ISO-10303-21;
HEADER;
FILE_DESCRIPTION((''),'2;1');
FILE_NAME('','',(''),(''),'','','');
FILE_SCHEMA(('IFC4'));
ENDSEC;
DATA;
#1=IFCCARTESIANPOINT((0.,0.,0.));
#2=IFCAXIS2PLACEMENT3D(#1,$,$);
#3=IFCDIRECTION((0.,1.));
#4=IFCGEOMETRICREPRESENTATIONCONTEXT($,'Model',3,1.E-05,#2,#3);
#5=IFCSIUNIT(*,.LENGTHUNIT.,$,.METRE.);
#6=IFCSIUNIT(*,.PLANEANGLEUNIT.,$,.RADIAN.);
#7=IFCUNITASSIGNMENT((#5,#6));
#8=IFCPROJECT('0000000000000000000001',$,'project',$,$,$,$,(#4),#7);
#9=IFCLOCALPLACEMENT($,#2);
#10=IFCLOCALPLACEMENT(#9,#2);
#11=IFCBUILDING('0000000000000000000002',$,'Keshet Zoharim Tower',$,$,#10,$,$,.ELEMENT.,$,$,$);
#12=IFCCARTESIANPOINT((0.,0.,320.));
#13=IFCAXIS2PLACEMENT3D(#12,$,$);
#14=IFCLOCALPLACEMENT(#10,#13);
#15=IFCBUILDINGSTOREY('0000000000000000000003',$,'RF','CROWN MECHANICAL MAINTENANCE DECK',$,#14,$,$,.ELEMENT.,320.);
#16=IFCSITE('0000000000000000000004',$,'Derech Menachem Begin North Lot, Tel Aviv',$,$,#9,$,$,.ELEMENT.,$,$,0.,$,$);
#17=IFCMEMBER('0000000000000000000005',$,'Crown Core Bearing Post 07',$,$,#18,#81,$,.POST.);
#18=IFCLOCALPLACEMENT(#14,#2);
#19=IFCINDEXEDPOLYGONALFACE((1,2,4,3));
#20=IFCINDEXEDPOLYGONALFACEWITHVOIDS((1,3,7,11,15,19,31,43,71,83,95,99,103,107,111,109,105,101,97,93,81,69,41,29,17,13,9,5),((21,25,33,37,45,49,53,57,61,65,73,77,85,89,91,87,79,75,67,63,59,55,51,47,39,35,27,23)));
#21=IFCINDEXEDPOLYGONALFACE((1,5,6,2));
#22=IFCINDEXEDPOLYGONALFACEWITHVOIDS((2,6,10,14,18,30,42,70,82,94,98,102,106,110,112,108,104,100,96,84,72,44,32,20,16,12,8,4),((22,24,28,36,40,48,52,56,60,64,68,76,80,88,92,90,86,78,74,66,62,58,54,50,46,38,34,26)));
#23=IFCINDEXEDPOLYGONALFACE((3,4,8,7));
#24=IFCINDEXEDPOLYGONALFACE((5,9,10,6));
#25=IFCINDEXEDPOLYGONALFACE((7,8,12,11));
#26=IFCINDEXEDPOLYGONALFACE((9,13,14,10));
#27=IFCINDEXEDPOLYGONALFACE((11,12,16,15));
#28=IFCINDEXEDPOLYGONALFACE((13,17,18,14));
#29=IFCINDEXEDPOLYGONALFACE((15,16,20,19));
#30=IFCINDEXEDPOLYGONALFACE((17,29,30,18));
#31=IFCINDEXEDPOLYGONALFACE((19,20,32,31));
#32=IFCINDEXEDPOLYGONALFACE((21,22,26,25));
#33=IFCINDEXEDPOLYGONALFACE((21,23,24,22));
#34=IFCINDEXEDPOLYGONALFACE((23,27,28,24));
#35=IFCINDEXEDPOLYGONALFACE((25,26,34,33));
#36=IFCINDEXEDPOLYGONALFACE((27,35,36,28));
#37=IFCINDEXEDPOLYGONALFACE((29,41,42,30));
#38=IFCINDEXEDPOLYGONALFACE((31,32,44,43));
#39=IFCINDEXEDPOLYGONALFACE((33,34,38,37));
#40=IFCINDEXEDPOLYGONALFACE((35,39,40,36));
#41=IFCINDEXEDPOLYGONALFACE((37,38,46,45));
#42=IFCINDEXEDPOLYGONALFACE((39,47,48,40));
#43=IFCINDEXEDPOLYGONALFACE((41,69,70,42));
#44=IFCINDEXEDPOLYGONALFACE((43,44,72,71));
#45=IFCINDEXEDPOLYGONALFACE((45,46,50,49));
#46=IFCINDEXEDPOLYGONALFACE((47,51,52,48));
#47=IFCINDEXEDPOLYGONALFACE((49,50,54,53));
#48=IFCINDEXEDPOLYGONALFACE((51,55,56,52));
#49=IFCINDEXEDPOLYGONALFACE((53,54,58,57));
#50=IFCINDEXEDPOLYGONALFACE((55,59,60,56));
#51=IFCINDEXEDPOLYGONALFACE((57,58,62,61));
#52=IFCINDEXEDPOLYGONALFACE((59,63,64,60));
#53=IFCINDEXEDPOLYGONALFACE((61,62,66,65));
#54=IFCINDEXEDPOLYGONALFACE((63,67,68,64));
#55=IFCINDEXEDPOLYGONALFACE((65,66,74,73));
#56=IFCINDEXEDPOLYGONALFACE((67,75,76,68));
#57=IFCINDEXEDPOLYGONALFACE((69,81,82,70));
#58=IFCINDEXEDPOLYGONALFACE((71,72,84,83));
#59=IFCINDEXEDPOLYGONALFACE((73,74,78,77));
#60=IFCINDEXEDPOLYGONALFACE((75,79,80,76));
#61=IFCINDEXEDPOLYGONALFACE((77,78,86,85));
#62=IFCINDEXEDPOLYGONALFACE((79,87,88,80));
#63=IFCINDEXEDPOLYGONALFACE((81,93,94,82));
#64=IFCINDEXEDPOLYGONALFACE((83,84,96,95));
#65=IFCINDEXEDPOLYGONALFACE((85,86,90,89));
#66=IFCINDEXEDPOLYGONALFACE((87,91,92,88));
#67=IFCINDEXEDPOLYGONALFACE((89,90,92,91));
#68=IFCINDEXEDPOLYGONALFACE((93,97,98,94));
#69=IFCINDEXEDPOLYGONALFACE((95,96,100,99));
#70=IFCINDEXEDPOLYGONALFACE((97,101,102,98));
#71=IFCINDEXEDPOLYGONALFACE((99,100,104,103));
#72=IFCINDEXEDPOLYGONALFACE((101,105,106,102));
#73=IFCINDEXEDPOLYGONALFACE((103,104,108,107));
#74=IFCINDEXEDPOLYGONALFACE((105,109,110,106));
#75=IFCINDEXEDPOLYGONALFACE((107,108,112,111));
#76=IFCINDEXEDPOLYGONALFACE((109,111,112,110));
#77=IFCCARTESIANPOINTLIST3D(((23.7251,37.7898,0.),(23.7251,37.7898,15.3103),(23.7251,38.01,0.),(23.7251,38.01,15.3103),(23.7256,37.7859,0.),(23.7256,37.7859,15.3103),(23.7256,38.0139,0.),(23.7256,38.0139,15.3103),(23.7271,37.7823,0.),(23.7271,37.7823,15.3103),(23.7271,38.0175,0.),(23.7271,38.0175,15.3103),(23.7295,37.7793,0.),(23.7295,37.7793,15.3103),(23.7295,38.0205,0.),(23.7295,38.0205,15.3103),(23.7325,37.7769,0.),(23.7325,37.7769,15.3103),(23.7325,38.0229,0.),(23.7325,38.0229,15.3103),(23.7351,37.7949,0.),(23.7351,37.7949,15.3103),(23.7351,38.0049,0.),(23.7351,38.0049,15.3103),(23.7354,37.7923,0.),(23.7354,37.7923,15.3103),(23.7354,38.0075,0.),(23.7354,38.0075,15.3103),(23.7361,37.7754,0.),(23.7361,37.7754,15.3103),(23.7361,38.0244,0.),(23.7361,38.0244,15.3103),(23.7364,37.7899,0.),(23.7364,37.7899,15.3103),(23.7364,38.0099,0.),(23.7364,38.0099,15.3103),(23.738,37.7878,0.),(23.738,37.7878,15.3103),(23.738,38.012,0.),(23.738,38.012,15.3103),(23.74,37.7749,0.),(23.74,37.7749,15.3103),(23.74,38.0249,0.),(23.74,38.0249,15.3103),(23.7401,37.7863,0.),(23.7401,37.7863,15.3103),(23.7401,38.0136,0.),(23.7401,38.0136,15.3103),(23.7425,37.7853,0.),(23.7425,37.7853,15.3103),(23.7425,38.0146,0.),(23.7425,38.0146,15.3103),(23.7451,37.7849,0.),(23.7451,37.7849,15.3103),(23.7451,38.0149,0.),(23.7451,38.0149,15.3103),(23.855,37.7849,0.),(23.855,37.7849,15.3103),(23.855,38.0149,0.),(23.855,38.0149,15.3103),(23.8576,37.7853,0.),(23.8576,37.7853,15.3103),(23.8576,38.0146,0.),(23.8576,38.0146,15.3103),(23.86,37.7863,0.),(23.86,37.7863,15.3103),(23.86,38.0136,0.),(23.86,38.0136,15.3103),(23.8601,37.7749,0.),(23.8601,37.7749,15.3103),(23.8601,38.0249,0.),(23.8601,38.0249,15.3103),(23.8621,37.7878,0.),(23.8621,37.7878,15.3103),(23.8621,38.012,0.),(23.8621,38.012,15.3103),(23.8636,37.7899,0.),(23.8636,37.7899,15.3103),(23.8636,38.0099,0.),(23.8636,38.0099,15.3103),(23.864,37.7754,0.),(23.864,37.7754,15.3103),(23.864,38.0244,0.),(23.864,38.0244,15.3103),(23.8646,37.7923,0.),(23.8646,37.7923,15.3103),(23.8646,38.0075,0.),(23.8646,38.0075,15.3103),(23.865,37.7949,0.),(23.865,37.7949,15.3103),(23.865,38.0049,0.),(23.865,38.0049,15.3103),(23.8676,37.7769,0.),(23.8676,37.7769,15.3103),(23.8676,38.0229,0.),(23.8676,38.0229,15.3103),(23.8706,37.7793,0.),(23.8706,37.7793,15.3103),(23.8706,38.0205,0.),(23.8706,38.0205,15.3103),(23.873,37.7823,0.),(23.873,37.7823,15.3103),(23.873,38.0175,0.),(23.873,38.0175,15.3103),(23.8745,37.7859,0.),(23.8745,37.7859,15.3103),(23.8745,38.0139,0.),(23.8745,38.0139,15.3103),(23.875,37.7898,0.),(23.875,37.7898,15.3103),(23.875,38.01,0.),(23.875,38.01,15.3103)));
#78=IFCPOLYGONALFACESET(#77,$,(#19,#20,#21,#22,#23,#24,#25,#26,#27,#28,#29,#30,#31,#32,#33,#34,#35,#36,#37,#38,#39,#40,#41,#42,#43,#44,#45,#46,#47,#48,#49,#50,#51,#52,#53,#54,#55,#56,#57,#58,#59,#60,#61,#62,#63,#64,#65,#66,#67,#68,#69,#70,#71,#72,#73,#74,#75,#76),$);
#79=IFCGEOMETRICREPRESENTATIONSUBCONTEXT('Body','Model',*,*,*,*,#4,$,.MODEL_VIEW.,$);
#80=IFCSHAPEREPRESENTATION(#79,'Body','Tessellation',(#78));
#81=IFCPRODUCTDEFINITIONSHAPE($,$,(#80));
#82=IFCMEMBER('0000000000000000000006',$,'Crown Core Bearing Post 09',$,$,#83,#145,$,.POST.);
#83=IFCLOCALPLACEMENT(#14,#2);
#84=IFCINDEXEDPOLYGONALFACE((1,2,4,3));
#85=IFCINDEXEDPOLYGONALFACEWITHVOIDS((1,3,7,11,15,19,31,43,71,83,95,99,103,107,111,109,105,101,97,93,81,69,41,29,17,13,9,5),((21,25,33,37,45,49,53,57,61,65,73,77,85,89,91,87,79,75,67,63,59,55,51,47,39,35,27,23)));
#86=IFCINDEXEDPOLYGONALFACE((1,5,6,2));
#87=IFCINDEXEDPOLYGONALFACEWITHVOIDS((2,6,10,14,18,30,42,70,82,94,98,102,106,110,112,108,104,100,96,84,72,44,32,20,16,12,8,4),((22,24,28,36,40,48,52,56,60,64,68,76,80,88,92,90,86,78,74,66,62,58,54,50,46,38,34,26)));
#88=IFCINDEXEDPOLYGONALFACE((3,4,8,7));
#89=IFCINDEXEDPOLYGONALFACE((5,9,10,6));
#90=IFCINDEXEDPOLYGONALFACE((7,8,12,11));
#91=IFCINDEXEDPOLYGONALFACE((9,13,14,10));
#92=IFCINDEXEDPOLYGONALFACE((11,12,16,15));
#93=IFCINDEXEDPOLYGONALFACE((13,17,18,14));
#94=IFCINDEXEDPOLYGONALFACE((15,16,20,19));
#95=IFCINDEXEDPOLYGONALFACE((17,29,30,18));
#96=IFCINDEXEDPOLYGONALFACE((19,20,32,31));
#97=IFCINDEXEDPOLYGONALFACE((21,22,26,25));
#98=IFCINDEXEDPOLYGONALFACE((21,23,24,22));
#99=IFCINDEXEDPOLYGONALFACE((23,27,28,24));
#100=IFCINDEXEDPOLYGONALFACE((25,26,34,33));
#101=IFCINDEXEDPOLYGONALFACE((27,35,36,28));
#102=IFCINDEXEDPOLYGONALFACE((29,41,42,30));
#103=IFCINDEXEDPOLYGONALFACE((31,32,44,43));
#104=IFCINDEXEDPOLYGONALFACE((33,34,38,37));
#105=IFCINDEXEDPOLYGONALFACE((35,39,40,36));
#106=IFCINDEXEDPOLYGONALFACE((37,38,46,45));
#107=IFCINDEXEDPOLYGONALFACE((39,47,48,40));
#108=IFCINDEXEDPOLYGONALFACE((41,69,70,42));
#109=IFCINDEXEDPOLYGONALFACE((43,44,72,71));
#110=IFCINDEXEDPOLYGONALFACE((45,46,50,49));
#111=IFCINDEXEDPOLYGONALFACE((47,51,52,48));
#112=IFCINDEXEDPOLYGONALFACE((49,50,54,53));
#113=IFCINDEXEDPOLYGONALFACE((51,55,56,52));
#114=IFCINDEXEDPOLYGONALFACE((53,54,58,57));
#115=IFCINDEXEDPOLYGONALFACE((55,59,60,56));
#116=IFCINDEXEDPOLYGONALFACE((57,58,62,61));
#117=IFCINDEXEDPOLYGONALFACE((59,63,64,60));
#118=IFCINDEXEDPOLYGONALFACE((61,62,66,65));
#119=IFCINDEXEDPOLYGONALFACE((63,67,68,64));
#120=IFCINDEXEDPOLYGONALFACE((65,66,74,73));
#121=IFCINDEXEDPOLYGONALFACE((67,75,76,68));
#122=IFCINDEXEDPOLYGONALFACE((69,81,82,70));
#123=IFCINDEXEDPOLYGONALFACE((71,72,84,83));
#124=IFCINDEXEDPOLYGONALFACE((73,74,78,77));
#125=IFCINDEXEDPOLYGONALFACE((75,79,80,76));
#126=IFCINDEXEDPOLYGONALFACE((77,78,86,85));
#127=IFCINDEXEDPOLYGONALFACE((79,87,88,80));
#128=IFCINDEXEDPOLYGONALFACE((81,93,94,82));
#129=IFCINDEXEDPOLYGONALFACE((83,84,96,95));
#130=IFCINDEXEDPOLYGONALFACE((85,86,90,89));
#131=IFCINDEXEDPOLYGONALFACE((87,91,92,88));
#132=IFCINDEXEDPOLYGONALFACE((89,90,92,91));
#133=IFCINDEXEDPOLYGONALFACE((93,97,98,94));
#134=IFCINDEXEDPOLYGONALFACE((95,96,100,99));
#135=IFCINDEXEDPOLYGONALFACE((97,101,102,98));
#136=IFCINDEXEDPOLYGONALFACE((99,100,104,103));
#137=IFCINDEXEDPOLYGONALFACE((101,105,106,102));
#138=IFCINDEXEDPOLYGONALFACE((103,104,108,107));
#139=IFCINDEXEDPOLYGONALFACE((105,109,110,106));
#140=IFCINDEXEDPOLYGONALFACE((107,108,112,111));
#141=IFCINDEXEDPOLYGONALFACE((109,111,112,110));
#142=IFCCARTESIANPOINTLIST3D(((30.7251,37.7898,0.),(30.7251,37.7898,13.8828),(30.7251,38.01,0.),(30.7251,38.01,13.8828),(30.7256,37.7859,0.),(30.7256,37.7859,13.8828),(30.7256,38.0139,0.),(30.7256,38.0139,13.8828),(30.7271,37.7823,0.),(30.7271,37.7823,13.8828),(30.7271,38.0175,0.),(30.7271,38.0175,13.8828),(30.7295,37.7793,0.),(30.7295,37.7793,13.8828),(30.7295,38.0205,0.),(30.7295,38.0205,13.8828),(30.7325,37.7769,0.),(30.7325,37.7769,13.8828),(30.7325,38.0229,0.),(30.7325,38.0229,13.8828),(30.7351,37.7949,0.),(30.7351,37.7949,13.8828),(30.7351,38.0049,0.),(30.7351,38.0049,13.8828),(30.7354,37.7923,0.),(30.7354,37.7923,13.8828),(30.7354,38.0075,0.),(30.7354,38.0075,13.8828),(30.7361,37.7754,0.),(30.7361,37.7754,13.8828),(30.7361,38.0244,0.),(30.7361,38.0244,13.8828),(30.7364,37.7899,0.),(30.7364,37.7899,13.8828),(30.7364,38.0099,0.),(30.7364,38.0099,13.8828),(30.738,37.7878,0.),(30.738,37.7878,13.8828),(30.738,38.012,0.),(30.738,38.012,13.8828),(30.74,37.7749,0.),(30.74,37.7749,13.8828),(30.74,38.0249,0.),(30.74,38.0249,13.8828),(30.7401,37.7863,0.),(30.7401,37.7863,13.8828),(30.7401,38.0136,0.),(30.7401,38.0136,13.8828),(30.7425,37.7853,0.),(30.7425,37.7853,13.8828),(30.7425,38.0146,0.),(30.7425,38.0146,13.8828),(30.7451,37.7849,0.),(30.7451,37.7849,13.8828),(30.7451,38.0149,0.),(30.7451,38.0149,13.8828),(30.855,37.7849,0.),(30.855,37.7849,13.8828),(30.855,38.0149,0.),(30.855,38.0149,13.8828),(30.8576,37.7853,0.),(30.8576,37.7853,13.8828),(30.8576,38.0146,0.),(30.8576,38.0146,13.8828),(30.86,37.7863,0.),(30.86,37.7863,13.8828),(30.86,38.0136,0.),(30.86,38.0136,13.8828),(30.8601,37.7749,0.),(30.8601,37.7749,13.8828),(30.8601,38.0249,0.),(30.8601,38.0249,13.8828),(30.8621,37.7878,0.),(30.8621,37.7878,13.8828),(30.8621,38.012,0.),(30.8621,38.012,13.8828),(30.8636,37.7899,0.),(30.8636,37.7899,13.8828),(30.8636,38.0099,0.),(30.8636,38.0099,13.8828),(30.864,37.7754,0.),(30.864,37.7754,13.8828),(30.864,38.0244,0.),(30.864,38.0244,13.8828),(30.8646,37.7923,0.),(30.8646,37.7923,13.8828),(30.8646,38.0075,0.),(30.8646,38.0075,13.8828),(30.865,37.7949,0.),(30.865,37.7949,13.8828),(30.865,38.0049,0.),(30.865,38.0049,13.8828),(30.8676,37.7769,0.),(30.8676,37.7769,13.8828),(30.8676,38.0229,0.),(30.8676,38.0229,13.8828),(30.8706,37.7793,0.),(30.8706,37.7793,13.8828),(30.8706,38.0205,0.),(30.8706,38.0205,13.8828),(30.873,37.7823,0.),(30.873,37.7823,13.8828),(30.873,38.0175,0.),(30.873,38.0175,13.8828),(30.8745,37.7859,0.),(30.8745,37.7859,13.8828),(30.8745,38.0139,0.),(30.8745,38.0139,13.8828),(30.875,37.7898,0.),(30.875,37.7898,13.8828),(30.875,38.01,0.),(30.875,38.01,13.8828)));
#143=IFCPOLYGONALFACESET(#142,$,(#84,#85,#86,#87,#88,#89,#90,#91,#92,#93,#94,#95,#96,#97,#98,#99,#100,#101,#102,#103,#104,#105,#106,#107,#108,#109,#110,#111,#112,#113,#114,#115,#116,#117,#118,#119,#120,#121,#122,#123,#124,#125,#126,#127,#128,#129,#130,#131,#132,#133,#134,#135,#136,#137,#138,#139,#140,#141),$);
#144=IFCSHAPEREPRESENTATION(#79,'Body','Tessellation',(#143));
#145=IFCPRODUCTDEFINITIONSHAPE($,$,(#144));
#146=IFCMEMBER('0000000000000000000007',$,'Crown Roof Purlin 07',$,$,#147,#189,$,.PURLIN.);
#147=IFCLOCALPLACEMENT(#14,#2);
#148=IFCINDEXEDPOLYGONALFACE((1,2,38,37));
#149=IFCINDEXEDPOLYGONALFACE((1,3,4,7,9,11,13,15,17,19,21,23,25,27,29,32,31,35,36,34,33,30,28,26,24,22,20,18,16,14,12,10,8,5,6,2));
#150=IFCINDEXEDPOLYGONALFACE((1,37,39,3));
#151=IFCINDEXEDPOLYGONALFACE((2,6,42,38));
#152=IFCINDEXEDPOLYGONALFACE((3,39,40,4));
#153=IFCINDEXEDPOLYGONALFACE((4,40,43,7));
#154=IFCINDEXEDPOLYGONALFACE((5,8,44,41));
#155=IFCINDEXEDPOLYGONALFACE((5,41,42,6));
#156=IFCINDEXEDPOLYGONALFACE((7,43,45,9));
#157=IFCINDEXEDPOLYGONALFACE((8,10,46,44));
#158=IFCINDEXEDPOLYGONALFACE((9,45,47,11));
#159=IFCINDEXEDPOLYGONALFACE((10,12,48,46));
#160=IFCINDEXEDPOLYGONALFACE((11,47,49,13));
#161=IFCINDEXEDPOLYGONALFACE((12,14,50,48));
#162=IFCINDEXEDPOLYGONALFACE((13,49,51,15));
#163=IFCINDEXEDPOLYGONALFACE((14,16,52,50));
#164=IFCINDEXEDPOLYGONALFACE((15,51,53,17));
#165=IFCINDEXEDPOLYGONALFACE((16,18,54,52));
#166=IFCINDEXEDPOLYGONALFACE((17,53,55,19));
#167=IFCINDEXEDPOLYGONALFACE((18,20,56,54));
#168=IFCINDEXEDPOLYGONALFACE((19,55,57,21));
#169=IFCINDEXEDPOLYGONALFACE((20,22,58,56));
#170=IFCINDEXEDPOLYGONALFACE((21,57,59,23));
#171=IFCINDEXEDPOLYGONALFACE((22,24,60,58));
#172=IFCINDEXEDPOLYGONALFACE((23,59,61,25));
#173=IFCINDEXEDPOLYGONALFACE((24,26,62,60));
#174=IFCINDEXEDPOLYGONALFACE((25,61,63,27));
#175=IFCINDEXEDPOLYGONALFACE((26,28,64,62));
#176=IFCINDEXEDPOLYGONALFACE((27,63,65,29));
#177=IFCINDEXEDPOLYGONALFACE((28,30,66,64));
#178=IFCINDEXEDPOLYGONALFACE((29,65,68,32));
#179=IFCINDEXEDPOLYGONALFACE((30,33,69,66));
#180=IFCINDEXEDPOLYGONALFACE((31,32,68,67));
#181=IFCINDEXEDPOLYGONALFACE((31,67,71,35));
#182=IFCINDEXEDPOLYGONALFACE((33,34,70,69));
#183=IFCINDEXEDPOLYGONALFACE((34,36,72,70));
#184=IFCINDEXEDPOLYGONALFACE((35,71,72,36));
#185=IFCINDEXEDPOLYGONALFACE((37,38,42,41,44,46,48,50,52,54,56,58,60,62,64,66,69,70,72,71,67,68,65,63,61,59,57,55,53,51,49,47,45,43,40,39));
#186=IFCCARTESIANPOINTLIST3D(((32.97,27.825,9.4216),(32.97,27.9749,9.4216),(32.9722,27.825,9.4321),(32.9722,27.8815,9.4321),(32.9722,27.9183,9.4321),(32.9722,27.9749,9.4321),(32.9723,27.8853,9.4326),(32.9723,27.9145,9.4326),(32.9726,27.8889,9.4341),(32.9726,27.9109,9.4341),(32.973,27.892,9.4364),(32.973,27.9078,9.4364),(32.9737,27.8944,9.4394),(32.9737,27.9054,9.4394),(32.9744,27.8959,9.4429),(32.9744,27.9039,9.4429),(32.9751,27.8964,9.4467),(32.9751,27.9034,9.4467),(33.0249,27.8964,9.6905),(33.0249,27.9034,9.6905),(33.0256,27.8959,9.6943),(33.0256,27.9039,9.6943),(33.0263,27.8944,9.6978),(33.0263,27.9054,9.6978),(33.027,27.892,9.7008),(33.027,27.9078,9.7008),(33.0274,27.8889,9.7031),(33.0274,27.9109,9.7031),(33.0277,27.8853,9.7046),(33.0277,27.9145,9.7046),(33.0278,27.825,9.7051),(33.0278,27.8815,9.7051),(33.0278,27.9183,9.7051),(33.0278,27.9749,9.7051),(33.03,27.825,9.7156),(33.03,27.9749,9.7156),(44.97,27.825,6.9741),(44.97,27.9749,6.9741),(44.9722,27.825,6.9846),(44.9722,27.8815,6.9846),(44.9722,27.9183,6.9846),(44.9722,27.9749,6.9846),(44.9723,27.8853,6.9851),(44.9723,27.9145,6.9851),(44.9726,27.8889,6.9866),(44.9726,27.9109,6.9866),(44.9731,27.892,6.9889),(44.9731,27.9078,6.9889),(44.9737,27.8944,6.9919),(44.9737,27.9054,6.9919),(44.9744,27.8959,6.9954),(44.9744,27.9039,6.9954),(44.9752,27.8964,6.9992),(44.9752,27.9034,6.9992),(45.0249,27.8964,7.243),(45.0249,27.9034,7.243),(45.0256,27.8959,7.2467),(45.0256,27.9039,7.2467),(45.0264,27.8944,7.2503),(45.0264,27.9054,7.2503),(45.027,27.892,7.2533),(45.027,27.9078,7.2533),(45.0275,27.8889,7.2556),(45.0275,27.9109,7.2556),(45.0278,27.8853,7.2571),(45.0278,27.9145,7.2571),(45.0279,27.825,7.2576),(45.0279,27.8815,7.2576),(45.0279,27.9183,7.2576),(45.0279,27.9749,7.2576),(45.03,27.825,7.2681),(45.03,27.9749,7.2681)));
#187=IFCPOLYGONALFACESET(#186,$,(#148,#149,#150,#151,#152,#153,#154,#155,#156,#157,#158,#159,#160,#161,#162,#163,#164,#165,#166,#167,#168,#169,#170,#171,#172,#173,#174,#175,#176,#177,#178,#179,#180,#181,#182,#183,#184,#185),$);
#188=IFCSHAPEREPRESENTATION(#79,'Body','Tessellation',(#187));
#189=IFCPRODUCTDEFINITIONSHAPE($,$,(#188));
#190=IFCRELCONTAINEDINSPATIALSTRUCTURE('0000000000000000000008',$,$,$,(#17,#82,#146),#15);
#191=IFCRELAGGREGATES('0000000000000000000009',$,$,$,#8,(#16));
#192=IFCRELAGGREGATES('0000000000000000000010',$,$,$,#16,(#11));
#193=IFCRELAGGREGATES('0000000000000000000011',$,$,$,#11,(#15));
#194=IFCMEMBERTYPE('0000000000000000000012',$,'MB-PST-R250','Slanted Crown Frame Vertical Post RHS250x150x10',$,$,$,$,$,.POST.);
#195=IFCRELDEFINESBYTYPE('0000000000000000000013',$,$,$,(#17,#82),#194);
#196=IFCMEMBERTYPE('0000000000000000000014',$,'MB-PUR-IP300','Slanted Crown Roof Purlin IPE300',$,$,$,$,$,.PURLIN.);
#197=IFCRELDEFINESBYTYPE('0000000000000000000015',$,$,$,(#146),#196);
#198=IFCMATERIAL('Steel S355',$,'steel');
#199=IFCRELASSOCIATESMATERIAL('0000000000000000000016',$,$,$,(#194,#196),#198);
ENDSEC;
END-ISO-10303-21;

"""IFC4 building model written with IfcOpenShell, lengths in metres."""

from ifc_helpers import new_model, si_unit, direction, frame, origin, origin_2d, place, context, subcontext, project, spatial, hollow_rectangle, i_section, extrude, material, material_profile, profile_set, type_object, element, save


model = new_model("IFC4")

# Units and contexts
model_context = context("Model", 3, precision=1e-05, world=origin(), true_north=direction((0.0, 1.0)))
body_context = subcontext(model_context, "Body", "Model", "MODEL_VIEW")
ifc_project = project(units=[si_unit("LENGTHUNIT", "METRE"), si_unit("PLANEANGLEUNIT", "RADIAN")], contexts=[model_context])

# Site, building, storey
site_placement = place(None, origin())
site = spatial("IfcSite", under=ifc_project, at=site_placement, Name="Derech Menachem Begin North Lot, Tel Aviv", CompositionType="ELEMENT", RefElevation=0.0)
building_placement = place(site_placement, origin())
building = spatial("IfcBuilding", under=site, at=building_placement, Name="Keshet Zoharim Tower", CompositionType="ELEMENT")
storey_placement = place(building_placement, frame((0.0, 0.0, 320.0)))
storey = spatial("IfcBuildingStorey", under=building, at=storey_placement, Name="RF", Description="CROWN MECHANICAL MAINTENANCE DECK", CompositionType="ELEMENT", Elevation=320.0)

# Shared definitions
ifc_material_1 = material(Name="Steel S355", Category="steel")

# Members
ifc_material_profile_1 = material_profile(ifc_material_1, hollow_rectangle(XDim=0.1499, YDim=0.25, WallThickness=0.01, InnerFilletRadius=0.01, OuterFilletRadius=0.0149, at=origin_2d()), Name="RHS250x150x10")
ifc_profile_set_1 = profile_set([ifc_material_profile_1], Name="Steel S355")
member_type_1 = type_object("IfcMemberType", Name="MB-PST-R250", Description="Slanted Crown Frame Vertical Post RHS250x150x10", PredefinedType="POST", material=ifc_profile_set_1)
member_1_placement = place(storey_placement, frame((23.8, 37.8999, 0.0), z_axis=(0.0, 0.0, 1.0), x_axis=(1.0, 0.0, 0.0)))
element("IfcMember", 1, at=member_1_placement, inside=storey, type_object=member_type_1, Name="Crown Core Bearing Post 07", PredefinedType="POST", context=body_context, shape_type="SweptSolid", body=[
    extrude(hollow_rectangle(XDim=0.1499, YDim=0.25, WallThickness=0.01, InnerFilletRadius=0.01, OuterFilletRadius=0.0149, at=origin_2d()), origin(), (0.0, 0.0, 1.0), 15.3103),
])
member_2_placement = place(storey_placement, frame((30.8, 37.8999, 0.0), z_axis=(0.0, 0.0, 1.0), x_axis=(1.0, 0.0, 0.0)))
element("IfcMember", 2, at=member_2_placement, inside=storey, type_object=member_type_1, Name="Crown Core Bearing Post 09", PredefinedType="POST", context=body_context, shape_type="SweptSolid", body=[
    extrude(hollow_rectangle(XDim=0.1499, YDim=0.25, WallThickness=0.01, InnerFilletRadius=0.01, OuterFilletRadius=0.0149, at=origin_2d()), origin(), (0.0, 0.0, 1.0), 13.8828),
])
ifc_material_profile_2 = material_profile(ifc_material_1, i_section(OverallWidth=0.1499, OverallDepth=0.3, WebThickness=0.0071, FlangeThickness=0.0107, FilletRadius=0.0149, at=origin_2d()), Name="IPE300")
ifc_profile_set_2 = profile_set([ifc_material_profile_2], Name="Steel S355")
member_type_2 = type_object("IfcMemberType", Name="MB-PUR-IP300", Description="Slanted Crown Roof Purlin IPE300", PredefinedType="PURLIN", material=ifc_profile_set_2)
member_3_placement = place(storey_placement, frame((33.0, 27.8999, 9.5686), z_axis=(0.979828, 0.0, -0.199845), x_axis=(0.0, 1.0, 0.0)))
element("IfcMember", 3, at=member_3_placement, inside=storey, type_object=member_type_2, Name="Crown Roof Purlin 07", PredefinedType="PURLIN", context=body_context, shape_type="SweptSolid", body=[
    extrude(i_section(OverallWidth=0.1499, OverallDepth=0.3, WebThickness=0.0071, FlangeThickness=0.0107, FilletRadius=0.0149, at=origin_2d()), origin(), (0.0, 0.0, 1.0), 12.2471),
])

save(model, "model.ifc")
